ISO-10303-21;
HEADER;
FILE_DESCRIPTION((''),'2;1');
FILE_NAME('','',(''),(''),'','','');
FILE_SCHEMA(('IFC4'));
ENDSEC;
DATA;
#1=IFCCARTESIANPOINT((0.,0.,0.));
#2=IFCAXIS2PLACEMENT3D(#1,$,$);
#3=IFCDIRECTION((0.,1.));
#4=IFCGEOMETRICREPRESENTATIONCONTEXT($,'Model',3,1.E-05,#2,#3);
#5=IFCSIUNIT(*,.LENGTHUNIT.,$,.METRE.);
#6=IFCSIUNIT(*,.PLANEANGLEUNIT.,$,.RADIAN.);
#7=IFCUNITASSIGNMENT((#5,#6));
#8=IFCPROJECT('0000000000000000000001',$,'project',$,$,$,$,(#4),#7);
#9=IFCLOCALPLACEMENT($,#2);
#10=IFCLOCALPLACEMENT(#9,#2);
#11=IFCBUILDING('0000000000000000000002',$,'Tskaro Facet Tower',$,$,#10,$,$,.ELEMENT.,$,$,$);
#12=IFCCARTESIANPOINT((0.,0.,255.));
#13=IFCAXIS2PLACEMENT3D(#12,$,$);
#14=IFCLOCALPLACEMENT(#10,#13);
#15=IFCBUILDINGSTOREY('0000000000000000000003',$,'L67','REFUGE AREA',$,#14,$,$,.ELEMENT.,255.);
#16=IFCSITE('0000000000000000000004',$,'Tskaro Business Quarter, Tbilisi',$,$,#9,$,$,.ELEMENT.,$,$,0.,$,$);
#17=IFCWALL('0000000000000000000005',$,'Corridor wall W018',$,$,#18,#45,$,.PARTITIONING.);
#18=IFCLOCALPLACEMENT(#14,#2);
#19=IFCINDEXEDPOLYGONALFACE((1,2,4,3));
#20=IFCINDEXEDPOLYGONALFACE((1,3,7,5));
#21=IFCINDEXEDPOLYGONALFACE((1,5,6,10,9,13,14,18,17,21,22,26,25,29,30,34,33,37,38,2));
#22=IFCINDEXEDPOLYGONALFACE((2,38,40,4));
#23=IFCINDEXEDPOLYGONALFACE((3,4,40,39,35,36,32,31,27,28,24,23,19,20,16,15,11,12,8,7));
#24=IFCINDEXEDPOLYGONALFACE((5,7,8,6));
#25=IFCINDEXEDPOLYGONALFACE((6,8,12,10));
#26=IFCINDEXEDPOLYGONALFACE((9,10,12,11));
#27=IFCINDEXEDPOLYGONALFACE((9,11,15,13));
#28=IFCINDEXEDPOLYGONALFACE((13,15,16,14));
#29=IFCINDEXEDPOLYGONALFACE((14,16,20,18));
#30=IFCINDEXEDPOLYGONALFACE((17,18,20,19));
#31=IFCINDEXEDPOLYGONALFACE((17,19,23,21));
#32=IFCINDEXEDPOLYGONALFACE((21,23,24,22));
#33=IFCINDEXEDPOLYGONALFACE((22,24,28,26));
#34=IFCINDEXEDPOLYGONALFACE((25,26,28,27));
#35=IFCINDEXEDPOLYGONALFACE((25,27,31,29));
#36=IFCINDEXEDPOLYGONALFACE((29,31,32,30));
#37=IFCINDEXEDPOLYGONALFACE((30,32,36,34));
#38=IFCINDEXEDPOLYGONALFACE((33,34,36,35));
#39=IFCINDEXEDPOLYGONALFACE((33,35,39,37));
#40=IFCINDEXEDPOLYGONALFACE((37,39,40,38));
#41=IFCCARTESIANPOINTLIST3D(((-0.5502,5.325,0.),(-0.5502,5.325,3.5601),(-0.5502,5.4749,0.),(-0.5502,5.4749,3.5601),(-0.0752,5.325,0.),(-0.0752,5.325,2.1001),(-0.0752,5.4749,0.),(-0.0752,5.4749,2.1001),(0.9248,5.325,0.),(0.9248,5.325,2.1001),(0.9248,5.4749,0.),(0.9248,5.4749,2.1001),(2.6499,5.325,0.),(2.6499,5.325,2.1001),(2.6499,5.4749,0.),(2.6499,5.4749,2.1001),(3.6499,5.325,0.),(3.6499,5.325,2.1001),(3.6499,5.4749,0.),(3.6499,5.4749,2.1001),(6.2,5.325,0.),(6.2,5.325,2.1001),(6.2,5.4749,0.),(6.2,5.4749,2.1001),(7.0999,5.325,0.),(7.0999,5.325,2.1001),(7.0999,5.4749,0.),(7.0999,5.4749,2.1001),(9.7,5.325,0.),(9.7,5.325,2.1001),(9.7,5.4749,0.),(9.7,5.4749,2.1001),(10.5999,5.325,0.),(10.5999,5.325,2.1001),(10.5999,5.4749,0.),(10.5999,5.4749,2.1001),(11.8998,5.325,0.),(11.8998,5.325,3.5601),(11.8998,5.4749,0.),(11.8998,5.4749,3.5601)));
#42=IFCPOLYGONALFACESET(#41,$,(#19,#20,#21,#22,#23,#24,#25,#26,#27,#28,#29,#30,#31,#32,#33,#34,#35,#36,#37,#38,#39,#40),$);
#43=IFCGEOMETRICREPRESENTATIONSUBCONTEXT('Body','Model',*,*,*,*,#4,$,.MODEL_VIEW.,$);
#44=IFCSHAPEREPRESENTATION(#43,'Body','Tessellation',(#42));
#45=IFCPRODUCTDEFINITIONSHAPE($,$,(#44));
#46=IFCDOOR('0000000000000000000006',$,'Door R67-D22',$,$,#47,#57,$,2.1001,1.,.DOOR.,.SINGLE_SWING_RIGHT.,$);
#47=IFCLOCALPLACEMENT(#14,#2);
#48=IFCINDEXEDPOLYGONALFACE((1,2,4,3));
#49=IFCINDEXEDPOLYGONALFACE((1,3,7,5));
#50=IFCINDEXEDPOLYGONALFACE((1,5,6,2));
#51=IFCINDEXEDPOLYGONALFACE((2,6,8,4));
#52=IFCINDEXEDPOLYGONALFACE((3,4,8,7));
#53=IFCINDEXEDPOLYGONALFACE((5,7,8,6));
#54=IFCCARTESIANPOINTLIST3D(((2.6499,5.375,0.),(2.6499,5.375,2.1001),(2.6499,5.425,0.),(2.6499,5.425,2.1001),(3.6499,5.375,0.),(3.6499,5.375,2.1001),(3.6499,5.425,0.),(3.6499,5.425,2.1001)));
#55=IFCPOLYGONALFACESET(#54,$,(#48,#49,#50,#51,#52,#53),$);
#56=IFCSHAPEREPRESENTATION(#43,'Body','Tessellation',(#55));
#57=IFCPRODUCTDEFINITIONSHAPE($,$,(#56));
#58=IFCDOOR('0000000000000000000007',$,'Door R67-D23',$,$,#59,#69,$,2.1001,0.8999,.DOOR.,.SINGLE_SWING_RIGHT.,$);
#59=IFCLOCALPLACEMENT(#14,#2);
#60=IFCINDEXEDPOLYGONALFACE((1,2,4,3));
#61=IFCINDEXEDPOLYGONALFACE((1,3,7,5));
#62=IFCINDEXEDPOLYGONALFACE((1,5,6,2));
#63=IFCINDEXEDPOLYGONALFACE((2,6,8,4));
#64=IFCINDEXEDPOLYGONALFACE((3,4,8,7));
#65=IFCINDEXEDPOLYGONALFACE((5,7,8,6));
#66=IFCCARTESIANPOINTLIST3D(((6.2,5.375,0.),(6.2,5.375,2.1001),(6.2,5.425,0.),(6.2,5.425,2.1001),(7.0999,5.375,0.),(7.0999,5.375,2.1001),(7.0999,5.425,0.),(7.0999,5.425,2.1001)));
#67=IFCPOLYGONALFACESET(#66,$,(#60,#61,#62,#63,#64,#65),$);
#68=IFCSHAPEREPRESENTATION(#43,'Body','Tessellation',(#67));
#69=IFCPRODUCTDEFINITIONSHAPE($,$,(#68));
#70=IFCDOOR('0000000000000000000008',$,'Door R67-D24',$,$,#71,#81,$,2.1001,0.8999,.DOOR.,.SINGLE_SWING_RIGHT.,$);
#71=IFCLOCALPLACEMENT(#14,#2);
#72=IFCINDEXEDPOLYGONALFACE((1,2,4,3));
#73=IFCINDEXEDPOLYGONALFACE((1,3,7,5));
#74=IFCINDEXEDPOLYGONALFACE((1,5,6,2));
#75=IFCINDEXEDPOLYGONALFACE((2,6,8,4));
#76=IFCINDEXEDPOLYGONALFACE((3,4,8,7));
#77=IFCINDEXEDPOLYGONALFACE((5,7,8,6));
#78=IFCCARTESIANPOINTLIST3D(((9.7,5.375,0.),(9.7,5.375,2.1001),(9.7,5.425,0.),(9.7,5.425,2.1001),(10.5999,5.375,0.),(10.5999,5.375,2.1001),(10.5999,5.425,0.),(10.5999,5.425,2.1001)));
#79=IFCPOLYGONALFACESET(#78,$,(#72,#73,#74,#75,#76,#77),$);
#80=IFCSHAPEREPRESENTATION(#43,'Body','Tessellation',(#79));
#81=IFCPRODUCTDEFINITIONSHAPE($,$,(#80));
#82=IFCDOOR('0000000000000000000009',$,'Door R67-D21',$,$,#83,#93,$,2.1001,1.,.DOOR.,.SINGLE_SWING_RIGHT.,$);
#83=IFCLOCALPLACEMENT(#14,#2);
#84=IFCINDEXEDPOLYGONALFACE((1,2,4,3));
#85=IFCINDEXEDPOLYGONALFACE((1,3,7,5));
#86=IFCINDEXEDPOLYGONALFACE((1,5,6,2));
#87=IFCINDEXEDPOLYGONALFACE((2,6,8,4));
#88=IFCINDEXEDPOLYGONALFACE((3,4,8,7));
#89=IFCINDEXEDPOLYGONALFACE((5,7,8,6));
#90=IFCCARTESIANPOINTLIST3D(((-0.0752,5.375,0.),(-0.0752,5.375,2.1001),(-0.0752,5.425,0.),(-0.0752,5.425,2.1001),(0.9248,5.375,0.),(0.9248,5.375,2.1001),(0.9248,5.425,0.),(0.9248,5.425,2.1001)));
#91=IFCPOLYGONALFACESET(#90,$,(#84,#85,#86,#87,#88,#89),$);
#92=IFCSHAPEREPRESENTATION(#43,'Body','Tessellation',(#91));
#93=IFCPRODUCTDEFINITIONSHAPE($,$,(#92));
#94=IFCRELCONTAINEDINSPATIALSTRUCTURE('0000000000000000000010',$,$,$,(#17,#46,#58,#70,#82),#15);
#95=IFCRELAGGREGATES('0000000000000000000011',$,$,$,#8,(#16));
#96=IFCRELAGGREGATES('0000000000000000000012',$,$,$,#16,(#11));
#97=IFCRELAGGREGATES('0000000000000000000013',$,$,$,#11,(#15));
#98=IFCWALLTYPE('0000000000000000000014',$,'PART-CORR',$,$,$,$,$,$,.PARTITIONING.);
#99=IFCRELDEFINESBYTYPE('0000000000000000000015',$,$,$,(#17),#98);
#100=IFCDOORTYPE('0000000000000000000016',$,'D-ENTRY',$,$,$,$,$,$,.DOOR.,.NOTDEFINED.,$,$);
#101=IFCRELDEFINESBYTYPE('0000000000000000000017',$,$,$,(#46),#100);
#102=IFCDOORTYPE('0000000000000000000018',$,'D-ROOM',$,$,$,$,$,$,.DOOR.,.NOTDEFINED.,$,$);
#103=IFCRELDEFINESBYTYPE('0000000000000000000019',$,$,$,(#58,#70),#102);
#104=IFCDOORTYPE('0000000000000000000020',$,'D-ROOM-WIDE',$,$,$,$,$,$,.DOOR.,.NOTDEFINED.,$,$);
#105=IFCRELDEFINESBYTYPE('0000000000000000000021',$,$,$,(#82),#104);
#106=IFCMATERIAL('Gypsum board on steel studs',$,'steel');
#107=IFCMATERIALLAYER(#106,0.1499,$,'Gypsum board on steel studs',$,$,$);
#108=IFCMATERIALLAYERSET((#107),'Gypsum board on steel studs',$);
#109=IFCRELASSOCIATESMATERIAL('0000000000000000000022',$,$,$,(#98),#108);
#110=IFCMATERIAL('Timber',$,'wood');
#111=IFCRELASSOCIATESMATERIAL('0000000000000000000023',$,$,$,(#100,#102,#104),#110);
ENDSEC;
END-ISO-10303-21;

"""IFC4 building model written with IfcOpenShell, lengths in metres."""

from ifc_helpers import new_model, si_unit, direction, frame, frame_2d, origin, place, context, subcontext, project, spatial, rectangle, extrude, material, layer, layer_set, type_object, element, fill, save


model = new_model("IFC4")

# Units and contexts
model_context = context("Model", 3, precision=1e-05, world=origin(), true_north=direction((0.0, 1.0)))
body_context = subcontext(model_context, "Body", "Model", "MODEL_VIEW")
ifc_project = project(units=[si_unit("LENGTHUNIT", "METRE"), si_unit("PLANEANGLEUNIT", "RADIAN")], contexts=[model_context])

# Site, building, storey
site_placement = place(None, origin())
site = spatial("IfcSite", under=ifc_project, at=site_placement, Name="Tskaro Business Quarter, Tbilisi", CompositionType="ELEMENT", RefElevation=0.0)
building_placement = place(site_placement, origin())
building = spatial("IfcBuilding", under=site, at=building_placement, Name="Tskaro Facet Tower", CompositionType="ELEMENT")
storey_placement = place(building_placement, frame((0.0, 0.0, 255.0)))
storey = spatial("IfcBuildingStorey", under=building, at=storey_placement, Name="L67", Description="REFUGE AREA", CompositionType="ELEMENT", Elevation=255.0)

# Shared definitions
ifc_material_1 = material(Name="Gypsum board on steel studs", Category="steel")

# Wall, openings, doors
ifc_layer_1 = layer(ifc_material_1, 0.1499, Name="Gypsum board on steel studs")
ifc_layer_set_1 = layer_set([ifc_layer_1], Name="Gypsum board on steel studs")
wall_type_1 = type_object("IfcWallType", Name="PART-CORR", PredefinedType="PARTITIONING", material=ifc_layer_set_1)
wall_1_placement = place(storey_placement, frame((11.8999, 5.3999, 0.0), z_axis=(0.0, 0.0, 1.0), x_axis=(-1.0, 0.0, 0.0)))
wall_1 = element("IfcWall", 1, at=wall_1_placement, inside=storey, type_object=wall_type_1, Name="Corridor wall W018", PredefinedType="PARTITIONING", context=body_context, shape_type="SweptSolid", body=[
    extrude(rectangle(XDim=12.45, YDim=0.1499, at=frame_2d((6.2251, 0.0))), origin(), (0.0, 0.0, 1.0), 3.5601),
])
opening_1_placement = place(wall_1_placement, frame((8.25, 0.0, 0.0)))
opening_1 = element("IfcOpeningElement", 2, at=opening_1_placement, cuts=wall_1, PredefinedType="OPENING", context=body_context, shape_type="SweptSolid", body=[
    extrude(rectangle(XDim=1.0, YDim=2.1001, at=frame_2d((0.5, 1.05))), frame((0.0, 0.085, 0.0), z_axis=(0.0, -1.0, 0.0), x_axis=(1.0, 0.0, 0.0)), (0.0, 0.0, 1.0), 0.1699),
])
opening_2_placement = place(wall_1_placement, frame((10.9751, 0.0, 0.0)))
opening_2 = element("IfcOpeningElement", 3, at=opening_2_placement, cuts=wall_1, PredefinedType="OPENING", context=body_context, shape_type="SweptSolid", body=[
    extrude(rectangle(XDim=1.0, YDim=2.1001, at=frame_2d((0.5, 1.05))), frame((0.0, 0.085, 0.0), z_axis=(0.0, -1.0, 0.0), x_axis=(1.0, 0.0, 0.0)), (0.0, 0.0, 1.0), 0.1699),
])
opening_3_placement = place(wall_1_placement, frame((4.8, 0.0, 0.0)))
opening_3 = element("IfcOpeningElement", 4, at=opening_3_placement, cuts=wall_1, PredefinedType="OPENING", context=body_context, shape_type="SweptSolid", body=[
    extrude(rectangle(XDim=0.8999, YDim=2.1001, at=frame_2d((0.45, 1.05))), frame((0.0, 0.085, 0.0), z_axis=(0.0, -1.0, 0.0), x_axis=(1.0, 0.0, 0.0)), (0.0, 0.0, 1.0), 0.1699),
])
opening_4_placement = place(wall_1_placement, frame((1.3, 0.0, 0.0)))
opening_4 = element("IfcOpeningElement", 5, at=opening_4_placement, cuts=wall_1, PredefinedType="OPENING", context=body_context, shape_type="SweptSolid", body=[
    extrude(rectangle(XDim=0.8999, YDim=2.1001, at=frame_2d((0.45, 1.05))), frame((0.0, 0.085, 0.0), z_axis=(0.0, -1.0, 0.0), x_axis=(1.0, 0.0, 0.0)), (0.0, 0.0, 1.0), 0.1699),
])
ifc_material_2 = material(Name="Timber", Category="wood")
door_type_1 = type_object("IfcDoorType", Name="D-ENTRY", OperationType="NOTDEFINED", PredefinedType="DOOR", material=ifc_material_2)
door_1_placement = place(opening_1_placement, origin())
door_1 = element("IfcDoor", 6, at=door_1_placement, inside=storey, type_object=door_type_1, Name="Door R67-D22", OperationType="SINGLE_SWING_RIGHT", OverallHeight=2.1001, OverallWidth=1.0, PredefinedType="DOOR", context=body_context, shape_type="SweptSolid", body=[
    extrude(rectangle(XDim=1.0, YDim=2.1001, at=frame_2d((0.5, 1.05))), frame((0.0, 0.0249, 0.0), z_axis=(0.0, -1.0, 0.0), x_axis=(1.0, 0.0, 0.0)), (0.0, 0.0, 1.0), 0.05),
])
fill(opening_1, door_1)
door_type_2 = type_object("IfcDoorType", Name="D-ROOM", OperationType="NOTDEFINED", PredefinedType="DOOR", material=ifc_material_2)
door_2_placement = place(opening_3_placement, origin())
door_2 = element("IfcDoor", 7, at=door_2_placement, inside=storey, type_object=door_type_2, Name="Door R67-D23", OperationType="SINGLE_SWING_RIGHT", OverallHeight=2.1001, OverallWidth=0.8999, PredefinedType="DOOR", context=body_context, shape_type="SweptSolid", body=[
    extrude(rectangle(XDim=0.8999, YDim=2.1001, at=frame_2d((0.45, 1.05))), frame((0.0, 0.0249, 0.0), z_axis=(0.0, -1.0, 0.0), x_axis=(1.0, 0.0, 0.0)), (0.0, 0.0, 1.0), 0.05),
])
fill(opening_3, door_2)
door_3_placement = place(opening_4_placement, origin())
door_3 = element("IfcDoor", 8, at=door_3_placement, inside=storey, type_object=door_type_2, Name="Door R67-D24", OperationType="SINGLE_SWING_RIGHT", OverallHeight=2.1001, OverallWidth=0.8999, PredefinedType="DOOR", context=body_context, shape_type="SweptSolid", body=[
    extrude(rectangle(XDim=0.8999, YDim=2.1001, at=frame_2d((0.45, 1.05))), frame((0.0, 0.0249, 0.0), z_axis=(0.0, -1.0, 0.0), x_axis=(1.0, 0.0, 0.0)), (0.0, 0.0, 1.0), 0.05),
])
fill(opening_4, door_3)
door_type_3 = type_object("IfcDoorType", Name="D-ROOM-WIDE", OperationType="NOTDEFINED", PredefinedType="DOOR", material=ifc_material_2)
door_4_placement = place(opening_2_placement, origin())
door_4 = element("IfcDoor", 9, at=door_4_placement, inside=storey, type_object=door_type_3, Name="Door R67-D21", OperationType="SINGLE_SWING_RIGHT", OverallHeight=2.1001, OverallWidth=1.0, PredefinedType="DOOR", context=body_context, shape_type="SweptSolid", body=[
    extrude(rectangle(XDim=1.0, YDim=2.1001, at=frame_2d((0.5, 1.05))), frame((0.0, 0.0249, 0.0), z_axis=(0.0, -1.0, 0.0), x_axis=(1.0, 0.0, 0.0)), (0.0, 0.0, 1.0), 0.05),
])
fill(opening_2, door_4)

save(model, "model.ifc")
